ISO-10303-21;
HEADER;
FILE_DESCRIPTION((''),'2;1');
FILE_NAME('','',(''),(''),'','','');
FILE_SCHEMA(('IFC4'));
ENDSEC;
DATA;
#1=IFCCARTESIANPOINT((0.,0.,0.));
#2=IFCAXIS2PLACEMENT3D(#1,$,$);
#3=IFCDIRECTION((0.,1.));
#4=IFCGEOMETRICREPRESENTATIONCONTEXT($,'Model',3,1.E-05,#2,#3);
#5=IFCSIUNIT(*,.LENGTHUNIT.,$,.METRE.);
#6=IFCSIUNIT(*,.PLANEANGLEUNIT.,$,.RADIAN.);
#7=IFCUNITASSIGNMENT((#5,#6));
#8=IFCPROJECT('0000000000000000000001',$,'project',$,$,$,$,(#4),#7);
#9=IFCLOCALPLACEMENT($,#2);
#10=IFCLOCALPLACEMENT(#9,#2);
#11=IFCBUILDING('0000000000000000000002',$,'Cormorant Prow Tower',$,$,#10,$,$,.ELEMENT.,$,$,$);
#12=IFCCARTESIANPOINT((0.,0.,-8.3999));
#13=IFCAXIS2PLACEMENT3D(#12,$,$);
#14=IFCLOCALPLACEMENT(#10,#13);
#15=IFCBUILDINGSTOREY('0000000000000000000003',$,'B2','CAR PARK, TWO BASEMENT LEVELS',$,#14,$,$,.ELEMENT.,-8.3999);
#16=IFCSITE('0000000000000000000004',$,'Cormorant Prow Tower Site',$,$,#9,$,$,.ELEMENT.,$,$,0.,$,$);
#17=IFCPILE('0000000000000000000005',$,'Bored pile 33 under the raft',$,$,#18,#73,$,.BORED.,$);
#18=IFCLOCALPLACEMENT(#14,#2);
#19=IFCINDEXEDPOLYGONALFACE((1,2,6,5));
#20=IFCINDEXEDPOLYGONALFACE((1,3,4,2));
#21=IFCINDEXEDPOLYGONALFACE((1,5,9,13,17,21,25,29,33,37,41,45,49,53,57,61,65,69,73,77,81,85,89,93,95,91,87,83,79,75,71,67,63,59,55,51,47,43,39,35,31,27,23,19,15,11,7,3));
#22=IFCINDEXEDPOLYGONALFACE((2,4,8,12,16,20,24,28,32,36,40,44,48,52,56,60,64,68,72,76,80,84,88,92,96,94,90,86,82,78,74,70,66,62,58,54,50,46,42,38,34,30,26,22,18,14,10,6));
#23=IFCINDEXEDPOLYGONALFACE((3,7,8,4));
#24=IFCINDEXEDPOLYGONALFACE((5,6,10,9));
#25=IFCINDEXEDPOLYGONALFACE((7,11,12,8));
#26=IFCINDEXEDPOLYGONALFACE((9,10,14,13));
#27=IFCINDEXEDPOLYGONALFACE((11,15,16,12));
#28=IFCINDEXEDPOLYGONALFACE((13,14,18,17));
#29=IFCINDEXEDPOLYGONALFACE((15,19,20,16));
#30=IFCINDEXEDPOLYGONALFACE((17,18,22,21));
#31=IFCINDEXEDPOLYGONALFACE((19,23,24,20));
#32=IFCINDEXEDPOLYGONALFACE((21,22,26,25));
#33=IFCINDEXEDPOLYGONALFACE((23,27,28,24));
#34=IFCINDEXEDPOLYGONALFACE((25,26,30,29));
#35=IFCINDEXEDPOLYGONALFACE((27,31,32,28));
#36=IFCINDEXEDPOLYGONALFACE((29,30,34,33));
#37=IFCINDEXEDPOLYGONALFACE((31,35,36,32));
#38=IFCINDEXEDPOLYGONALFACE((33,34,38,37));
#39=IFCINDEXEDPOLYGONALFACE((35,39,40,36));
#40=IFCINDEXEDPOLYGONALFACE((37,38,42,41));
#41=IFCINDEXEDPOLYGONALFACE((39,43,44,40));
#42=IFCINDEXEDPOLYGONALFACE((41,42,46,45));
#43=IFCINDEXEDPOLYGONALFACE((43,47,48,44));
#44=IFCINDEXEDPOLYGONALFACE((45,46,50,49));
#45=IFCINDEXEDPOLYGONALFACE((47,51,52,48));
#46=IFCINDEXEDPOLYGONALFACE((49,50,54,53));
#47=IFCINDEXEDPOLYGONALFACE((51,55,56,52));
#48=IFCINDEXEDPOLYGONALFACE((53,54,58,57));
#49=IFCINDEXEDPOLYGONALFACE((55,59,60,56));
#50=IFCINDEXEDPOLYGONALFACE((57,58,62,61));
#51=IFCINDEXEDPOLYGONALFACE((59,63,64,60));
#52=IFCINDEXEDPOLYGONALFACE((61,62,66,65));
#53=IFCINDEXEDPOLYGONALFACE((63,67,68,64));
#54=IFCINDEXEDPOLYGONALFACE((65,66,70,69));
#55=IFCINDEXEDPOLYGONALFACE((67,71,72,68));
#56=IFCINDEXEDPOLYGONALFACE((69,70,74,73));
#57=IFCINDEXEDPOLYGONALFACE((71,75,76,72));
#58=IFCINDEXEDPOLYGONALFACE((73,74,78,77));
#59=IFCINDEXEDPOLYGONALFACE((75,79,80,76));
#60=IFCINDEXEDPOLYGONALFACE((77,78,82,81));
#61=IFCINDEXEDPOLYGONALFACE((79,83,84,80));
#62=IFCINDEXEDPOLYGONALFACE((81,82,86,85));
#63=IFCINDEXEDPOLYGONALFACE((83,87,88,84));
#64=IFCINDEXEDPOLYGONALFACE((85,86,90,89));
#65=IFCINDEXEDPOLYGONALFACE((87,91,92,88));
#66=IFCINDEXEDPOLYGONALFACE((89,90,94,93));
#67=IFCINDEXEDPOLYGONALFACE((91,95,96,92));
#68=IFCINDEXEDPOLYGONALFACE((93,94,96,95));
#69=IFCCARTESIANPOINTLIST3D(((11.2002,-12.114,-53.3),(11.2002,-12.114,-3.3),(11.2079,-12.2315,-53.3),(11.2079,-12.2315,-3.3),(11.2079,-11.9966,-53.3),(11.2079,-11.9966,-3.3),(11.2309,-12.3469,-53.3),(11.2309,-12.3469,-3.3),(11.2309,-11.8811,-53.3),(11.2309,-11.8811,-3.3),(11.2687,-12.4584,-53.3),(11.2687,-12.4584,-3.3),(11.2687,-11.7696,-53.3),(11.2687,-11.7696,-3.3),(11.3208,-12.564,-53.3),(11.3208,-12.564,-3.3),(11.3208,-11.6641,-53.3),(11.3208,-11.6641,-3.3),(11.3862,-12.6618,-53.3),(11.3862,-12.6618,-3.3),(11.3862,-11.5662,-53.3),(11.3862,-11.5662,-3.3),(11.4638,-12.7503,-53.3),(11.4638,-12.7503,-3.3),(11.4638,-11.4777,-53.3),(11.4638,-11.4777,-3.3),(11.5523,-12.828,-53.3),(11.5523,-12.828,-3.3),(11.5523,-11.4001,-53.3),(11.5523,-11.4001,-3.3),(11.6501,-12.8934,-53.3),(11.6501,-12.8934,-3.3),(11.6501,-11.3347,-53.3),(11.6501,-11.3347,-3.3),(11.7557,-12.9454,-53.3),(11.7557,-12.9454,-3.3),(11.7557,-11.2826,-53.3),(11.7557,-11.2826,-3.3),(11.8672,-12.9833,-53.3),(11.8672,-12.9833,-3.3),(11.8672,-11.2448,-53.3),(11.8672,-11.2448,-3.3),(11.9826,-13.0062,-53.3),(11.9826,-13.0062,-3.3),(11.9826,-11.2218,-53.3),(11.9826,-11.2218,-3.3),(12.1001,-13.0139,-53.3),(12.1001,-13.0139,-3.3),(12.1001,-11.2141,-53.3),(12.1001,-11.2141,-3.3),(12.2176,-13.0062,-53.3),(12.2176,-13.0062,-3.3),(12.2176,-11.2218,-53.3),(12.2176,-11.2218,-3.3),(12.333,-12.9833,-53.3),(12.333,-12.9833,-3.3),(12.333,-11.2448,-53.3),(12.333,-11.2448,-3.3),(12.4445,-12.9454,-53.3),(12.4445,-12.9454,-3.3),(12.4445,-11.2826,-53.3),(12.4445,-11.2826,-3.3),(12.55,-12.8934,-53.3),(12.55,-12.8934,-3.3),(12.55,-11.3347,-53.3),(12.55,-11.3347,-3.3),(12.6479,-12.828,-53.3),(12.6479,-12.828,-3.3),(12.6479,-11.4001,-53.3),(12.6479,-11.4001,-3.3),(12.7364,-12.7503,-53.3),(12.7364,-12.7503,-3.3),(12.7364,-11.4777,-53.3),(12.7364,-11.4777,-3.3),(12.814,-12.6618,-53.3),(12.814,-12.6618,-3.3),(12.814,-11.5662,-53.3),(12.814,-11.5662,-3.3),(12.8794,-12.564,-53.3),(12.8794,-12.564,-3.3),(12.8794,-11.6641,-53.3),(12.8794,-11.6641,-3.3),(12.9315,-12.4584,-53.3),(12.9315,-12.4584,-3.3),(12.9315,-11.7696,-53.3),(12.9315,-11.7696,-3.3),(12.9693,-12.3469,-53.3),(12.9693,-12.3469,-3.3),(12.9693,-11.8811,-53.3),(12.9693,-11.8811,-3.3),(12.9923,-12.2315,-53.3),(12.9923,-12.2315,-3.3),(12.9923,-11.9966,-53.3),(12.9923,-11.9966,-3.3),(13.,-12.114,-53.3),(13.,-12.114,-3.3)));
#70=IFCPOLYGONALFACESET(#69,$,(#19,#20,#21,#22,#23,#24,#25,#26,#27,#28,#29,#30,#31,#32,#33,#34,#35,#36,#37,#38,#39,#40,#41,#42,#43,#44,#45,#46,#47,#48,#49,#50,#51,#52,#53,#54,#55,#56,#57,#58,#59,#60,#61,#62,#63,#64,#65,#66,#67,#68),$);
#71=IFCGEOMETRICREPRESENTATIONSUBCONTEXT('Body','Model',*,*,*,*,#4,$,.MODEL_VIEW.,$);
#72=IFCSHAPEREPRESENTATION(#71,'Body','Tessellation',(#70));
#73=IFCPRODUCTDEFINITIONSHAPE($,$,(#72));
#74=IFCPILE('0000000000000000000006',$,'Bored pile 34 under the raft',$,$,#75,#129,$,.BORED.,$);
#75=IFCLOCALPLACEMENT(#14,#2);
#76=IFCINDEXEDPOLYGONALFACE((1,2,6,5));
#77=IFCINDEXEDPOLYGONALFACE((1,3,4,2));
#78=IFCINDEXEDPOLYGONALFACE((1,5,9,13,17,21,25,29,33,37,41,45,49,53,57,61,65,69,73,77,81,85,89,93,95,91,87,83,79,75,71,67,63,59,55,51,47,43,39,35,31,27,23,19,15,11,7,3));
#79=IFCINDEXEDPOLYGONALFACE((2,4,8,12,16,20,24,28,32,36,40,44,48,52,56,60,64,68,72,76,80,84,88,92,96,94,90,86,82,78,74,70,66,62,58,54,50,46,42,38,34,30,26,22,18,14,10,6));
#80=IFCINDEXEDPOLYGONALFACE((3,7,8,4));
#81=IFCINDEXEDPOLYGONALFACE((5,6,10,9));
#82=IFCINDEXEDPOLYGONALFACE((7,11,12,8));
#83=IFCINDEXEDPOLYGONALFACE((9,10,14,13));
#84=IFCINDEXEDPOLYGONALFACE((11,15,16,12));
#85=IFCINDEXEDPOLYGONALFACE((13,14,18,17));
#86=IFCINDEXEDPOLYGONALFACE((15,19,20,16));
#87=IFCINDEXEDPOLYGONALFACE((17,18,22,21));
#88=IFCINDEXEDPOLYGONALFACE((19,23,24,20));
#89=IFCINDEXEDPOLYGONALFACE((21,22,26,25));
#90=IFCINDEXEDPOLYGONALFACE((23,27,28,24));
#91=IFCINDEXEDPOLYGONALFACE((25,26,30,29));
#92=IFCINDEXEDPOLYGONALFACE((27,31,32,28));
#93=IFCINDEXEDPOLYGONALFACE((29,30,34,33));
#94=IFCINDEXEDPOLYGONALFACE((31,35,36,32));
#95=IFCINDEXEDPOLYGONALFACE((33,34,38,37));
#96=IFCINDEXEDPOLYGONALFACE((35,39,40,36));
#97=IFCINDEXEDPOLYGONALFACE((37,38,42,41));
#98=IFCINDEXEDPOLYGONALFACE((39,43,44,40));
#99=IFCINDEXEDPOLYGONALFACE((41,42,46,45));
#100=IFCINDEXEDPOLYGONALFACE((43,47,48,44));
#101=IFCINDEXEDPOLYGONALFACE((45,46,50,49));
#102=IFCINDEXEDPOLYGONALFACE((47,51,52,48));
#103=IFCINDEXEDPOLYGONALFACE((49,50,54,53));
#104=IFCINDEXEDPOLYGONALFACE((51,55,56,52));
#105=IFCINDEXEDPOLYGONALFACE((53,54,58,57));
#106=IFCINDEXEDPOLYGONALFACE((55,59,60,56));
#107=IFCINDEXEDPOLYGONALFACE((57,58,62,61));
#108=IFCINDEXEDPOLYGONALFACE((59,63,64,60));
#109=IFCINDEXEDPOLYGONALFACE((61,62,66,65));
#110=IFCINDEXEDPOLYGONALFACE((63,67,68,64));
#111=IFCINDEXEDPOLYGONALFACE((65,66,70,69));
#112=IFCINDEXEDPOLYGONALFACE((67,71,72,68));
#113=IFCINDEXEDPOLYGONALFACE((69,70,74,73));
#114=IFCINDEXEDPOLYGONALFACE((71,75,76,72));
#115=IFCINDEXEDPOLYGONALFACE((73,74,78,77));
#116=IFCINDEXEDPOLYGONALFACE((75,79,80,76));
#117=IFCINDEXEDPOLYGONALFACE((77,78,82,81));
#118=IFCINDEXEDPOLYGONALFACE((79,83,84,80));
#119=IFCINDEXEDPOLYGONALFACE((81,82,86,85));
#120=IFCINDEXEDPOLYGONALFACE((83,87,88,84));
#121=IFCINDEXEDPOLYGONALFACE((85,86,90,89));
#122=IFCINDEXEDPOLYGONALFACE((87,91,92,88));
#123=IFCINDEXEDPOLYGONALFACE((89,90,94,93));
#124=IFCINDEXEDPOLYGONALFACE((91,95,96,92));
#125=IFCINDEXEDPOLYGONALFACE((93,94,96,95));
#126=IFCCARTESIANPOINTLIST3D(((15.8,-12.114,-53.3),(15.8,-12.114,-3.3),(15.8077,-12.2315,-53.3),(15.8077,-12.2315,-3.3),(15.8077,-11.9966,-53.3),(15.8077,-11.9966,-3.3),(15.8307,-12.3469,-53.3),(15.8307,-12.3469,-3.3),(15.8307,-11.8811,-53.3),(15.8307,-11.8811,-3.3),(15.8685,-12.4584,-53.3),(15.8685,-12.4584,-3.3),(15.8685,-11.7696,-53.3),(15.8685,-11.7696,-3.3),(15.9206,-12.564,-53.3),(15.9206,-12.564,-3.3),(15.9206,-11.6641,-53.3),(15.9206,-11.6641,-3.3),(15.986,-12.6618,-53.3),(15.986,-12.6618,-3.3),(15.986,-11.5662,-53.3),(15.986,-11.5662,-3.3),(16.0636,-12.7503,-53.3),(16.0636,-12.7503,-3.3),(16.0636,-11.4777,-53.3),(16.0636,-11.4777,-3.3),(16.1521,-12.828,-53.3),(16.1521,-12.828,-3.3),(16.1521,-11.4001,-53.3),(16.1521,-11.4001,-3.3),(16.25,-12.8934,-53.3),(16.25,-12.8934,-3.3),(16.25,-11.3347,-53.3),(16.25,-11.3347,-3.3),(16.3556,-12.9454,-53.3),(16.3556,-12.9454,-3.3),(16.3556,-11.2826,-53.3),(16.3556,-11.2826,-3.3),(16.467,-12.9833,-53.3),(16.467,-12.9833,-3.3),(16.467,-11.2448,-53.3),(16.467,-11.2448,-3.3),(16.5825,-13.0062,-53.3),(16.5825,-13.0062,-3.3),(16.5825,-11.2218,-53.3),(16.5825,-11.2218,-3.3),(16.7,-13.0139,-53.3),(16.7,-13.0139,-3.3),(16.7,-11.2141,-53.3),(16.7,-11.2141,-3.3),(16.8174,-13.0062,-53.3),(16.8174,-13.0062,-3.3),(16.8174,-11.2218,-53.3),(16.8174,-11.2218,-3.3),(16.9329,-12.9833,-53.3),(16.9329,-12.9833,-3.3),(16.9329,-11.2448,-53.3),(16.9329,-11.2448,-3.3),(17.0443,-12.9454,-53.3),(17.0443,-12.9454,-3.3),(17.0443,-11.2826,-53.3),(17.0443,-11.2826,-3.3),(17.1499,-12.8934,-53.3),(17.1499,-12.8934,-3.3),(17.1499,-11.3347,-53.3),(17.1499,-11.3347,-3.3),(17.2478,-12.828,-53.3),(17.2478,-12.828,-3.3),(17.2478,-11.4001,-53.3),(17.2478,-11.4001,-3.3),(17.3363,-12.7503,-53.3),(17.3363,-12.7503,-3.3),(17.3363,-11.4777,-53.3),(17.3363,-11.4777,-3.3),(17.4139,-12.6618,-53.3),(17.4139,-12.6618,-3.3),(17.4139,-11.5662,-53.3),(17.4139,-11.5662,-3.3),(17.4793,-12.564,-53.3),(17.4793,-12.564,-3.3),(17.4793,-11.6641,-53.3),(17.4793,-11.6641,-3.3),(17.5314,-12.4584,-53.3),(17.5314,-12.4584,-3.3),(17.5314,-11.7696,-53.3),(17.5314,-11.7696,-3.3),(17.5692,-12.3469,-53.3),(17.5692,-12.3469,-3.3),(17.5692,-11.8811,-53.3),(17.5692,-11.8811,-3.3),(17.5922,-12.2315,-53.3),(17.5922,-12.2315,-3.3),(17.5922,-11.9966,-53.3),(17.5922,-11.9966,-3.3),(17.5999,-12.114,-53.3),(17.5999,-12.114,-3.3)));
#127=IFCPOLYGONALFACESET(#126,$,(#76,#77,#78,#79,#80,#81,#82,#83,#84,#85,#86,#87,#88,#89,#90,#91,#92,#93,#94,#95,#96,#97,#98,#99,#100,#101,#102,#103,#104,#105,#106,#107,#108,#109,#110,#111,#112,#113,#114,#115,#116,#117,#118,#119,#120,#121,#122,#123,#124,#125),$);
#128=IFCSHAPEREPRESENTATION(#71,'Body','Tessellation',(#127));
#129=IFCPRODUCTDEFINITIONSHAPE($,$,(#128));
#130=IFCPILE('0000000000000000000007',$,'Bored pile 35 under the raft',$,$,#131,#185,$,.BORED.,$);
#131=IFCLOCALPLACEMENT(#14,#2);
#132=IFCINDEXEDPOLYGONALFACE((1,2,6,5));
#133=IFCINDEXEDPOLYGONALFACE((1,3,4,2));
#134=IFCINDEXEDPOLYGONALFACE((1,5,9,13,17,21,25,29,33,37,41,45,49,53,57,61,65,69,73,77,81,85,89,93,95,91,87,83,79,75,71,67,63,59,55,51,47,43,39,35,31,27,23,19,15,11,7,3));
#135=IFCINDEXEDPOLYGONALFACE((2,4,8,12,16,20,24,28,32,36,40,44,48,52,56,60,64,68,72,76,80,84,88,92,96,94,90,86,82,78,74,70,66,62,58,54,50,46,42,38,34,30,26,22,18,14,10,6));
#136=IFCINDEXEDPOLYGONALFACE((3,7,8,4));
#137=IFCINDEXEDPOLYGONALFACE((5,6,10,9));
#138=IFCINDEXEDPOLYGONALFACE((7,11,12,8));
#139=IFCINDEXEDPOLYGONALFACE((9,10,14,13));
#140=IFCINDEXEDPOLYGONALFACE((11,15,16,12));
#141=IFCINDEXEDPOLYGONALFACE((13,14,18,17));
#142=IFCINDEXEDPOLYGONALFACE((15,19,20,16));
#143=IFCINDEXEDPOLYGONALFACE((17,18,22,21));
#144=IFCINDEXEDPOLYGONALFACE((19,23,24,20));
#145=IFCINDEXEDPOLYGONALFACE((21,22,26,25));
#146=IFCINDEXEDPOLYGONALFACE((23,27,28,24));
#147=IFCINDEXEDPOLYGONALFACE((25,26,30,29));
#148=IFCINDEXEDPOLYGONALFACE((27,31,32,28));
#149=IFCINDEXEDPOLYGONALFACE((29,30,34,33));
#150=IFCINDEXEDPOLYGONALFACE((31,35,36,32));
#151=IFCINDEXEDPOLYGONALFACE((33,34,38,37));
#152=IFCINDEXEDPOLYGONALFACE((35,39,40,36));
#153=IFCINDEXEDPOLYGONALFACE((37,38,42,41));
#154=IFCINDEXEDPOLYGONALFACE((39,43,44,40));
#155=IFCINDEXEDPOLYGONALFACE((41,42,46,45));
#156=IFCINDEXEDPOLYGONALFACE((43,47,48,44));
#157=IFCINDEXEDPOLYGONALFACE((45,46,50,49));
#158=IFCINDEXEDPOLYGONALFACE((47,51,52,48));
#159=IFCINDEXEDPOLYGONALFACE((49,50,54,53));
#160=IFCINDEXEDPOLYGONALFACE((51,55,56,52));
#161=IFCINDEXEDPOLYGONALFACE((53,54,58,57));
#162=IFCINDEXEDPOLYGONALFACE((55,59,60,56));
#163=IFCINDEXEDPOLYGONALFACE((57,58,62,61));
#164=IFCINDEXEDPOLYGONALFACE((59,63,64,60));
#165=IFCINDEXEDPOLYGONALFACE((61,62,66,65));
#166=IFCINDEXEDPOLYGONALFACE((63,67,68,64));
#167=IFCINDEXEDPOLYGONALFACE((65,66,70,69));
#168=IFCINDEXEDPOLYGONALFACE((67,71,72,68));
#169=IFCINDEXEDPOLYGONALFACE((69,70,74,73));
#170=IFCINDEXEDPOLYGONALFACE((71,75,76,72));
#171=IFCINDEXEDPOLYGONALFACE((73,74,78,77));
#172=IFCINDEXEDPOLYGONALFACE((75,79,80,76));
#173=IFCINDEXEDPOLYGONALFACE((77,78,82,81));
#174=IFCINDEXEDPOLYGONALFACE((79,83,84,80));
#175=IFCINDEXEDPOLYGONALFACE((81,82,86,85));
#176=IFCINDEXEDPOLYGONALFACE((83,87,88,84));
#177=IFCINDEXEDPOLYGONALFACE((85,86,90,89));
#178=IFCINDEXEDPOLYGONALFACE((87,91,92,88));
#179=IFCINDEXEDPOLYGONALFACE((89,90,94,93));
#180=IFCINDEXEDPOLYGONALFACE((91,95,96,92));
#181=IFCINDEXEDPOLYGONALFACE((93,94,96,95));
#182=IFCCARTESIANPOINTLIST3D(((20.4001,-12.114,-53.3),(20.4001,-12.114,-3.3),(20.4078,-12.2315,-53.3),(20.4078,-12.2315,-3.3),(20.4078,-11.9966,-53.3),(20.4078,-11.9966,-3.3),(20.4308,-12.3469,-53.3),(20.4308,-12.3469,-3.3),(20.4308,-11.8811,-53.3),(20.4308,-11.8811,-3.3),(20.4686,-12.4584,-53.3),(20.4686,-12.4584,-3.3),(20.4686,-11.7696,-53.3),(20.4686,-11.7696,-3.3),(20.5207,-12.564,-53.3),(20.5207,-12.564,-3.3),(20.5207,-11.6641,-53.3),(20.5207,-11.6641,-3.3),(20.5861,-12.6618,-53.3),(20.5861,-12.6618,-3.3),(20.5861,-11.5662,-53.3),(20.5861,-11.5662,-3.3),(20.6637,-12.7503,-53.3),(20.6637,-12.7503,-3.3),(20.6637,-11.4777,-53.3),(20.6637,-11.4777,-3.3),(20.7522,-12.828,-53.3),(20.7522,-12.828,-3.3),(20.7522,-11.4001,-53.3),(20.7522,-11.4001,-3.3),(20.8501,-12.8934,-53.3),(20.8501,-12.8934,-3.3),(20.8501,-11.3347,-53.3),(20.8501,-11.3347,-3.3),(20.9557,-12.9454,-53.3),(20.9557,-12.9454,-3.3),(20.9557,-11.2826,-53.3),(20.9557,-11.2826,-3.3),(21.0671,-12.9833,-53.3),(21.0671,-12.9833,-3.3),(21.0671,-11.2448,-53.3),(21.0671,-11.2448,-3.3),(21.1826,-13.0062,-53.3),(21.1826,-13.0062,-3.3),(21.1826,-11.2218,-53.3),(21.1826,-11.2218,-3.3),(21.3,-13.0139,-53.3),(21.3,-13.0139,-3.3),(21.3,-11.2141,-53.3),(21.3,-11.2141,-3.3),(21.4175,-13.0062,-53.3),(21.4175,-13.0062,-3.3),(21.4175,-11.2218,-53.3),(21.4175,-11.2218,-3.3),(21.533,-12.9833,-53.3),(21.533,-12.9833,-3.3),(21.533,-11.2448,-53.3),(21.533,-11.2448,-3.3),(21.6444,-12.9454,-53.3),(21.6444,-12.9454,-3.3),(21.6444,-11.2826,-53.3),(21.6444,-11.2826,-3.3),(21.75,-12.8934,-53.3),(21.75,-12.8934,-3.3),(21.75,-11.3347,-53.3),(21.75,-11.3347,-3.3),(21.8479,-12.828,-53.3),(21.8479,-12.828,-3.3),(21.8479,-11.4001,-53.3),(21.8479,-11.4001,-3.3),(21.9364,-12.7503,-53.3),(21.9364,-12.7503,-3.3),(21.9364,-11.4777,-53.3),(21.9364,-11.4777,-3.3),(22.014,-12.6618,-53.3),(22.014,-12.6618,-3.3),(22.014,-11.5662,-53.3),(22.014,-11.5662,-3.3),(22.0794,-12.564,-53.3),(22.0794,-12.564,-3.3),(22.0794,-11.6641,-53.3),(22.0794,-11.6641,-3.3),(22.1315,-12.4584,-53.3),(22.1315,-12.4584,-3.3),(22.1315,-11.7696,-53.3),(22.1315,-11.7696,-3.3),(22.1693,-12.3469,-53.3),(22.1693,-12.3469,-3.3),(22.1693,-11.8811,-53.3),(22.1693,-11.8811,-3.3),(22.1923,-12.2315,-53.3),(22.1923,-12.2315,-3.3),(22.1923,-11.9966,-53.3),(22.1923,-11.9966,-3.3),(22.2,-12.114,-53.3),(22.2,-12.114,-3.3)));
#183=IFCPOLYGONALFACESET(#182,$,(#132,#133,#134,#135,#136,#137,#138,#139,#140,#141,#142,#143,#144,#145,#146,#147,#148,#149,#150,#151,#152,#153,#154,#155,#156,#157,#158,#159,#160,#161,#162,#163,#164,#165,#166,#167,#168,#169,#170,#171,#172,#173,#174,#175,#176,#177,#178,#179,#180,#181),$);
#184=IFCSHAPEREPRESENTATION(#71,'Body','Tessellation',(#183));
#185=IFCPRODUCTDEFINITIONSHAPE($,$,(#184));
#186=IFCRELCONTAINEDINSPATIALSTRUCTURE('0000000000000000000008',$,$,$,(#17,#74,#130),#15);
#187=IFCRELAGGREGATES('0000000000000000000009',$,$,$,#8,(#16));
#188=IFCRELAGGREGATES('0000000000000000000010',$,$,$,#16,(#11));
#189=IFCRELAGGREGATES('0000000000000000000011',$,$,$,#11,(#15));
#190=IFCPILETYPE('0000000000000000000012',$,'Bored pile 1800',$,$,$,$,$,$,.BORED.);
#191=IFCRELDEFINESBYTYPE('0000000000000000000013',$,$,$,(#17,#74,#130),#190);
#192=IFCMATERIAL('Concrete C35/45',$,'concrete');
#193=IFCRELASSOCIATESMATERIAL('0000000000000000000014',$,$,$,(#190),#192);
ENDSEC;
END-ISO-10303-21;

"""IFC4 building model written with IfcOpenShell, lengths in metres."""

from ifc_helpers import new_model, si_unit, direction, frame, origin, origin_2d, place, context, subcontext, project, spatial, circle, extrude, material, material_profile, profile_set, type_object, element, save


model = new_model("IFC4")

# Units and contexts
model_context = context("Model", 3, precision=1e-05, world=origin(), true_north=direction((0.0, 1.0)))
body_context = subcontext(model_context, "Body", "Model", "MODEL_VIEW")
ifc_project = project(units=[si_unit("LENGTHUNIT", "METRE"), si_unit("PLANEANGLEUNIT", "RADIAN")], contexts=[model_context])

# Site, building, storey
site_placement = place(None, origin())
site = spatial("IfcSite", under=ifc_project, at=site_placement, Name="Cormorant Prow Tower Site", CompositionType="ELEMENT", RefElevation=0.0)
building_placement = place(site_placement, origin())
building = spatial("IfcBuilding", under=site, at=building_placement, Name="Cormorant Prow Tower", CompositionType="ELEMENT")
storey_placement = place(building_placement, frame((0.0, 0.0, -8.3999)))
storey = spatial("IfcBuildingStorey", under=building, at=storey_placement, Name="B2", Description="CAR PARK, TWO BASEMENT LEVELS", CompositionType="ELEMENT", Elevation=-8.3999)

# Piles
ifc_material_1 = material(Name="Concrete C35/45", Category="concrete")
ifc_material_profile_1 = material_profile(ifc_material_1, circle(Radius=0.8999, at=origin_2d()), Name="Round 1800")
ifc_profile_set_1 = profile_set([ifc_material_profile_1], Name="Concrete C35/45")
pile_type_1 = type_object("IfcPileType", Name="Bored pile 1800", PredefinedType="BORED", material=ifc_profile_set_1)
for number, where, z_axis, x_axis, name in (
    (1, (12.1001, -12.114, -3.3), (0.0, 0.0, -1.0), (1.0, 0.0, 0.0), "Bored pile 33 under the raft"),
    (2, (16.7, -12.114, -3.3), (0.0, 0.0, -1.0), (1.0, 0.0, 0.0), "Bored pile 34 under the raft"),
    (3, (21.3, -12.114, -3.3), (0.0, 0.0, -1.0), (1.0, 0.0, 0.0), "Bored pile 35 under the raft"),
):
    element("IfcPile", number, at=place(storey_placement, frame(where, z_axis=z_axis, x_axis=x_axis)), inside=storey, type_object=pile_type_1, Name=name, PredefinedType="BORED", context=body_context, shape_type="SweptSolid", body=[
        extrude(circle(Radius=0.8999, at=origin_2d()), origin(), (0.0, 0.0, 1.0), 50.0),
    ])

save(model, "model.ifc")
